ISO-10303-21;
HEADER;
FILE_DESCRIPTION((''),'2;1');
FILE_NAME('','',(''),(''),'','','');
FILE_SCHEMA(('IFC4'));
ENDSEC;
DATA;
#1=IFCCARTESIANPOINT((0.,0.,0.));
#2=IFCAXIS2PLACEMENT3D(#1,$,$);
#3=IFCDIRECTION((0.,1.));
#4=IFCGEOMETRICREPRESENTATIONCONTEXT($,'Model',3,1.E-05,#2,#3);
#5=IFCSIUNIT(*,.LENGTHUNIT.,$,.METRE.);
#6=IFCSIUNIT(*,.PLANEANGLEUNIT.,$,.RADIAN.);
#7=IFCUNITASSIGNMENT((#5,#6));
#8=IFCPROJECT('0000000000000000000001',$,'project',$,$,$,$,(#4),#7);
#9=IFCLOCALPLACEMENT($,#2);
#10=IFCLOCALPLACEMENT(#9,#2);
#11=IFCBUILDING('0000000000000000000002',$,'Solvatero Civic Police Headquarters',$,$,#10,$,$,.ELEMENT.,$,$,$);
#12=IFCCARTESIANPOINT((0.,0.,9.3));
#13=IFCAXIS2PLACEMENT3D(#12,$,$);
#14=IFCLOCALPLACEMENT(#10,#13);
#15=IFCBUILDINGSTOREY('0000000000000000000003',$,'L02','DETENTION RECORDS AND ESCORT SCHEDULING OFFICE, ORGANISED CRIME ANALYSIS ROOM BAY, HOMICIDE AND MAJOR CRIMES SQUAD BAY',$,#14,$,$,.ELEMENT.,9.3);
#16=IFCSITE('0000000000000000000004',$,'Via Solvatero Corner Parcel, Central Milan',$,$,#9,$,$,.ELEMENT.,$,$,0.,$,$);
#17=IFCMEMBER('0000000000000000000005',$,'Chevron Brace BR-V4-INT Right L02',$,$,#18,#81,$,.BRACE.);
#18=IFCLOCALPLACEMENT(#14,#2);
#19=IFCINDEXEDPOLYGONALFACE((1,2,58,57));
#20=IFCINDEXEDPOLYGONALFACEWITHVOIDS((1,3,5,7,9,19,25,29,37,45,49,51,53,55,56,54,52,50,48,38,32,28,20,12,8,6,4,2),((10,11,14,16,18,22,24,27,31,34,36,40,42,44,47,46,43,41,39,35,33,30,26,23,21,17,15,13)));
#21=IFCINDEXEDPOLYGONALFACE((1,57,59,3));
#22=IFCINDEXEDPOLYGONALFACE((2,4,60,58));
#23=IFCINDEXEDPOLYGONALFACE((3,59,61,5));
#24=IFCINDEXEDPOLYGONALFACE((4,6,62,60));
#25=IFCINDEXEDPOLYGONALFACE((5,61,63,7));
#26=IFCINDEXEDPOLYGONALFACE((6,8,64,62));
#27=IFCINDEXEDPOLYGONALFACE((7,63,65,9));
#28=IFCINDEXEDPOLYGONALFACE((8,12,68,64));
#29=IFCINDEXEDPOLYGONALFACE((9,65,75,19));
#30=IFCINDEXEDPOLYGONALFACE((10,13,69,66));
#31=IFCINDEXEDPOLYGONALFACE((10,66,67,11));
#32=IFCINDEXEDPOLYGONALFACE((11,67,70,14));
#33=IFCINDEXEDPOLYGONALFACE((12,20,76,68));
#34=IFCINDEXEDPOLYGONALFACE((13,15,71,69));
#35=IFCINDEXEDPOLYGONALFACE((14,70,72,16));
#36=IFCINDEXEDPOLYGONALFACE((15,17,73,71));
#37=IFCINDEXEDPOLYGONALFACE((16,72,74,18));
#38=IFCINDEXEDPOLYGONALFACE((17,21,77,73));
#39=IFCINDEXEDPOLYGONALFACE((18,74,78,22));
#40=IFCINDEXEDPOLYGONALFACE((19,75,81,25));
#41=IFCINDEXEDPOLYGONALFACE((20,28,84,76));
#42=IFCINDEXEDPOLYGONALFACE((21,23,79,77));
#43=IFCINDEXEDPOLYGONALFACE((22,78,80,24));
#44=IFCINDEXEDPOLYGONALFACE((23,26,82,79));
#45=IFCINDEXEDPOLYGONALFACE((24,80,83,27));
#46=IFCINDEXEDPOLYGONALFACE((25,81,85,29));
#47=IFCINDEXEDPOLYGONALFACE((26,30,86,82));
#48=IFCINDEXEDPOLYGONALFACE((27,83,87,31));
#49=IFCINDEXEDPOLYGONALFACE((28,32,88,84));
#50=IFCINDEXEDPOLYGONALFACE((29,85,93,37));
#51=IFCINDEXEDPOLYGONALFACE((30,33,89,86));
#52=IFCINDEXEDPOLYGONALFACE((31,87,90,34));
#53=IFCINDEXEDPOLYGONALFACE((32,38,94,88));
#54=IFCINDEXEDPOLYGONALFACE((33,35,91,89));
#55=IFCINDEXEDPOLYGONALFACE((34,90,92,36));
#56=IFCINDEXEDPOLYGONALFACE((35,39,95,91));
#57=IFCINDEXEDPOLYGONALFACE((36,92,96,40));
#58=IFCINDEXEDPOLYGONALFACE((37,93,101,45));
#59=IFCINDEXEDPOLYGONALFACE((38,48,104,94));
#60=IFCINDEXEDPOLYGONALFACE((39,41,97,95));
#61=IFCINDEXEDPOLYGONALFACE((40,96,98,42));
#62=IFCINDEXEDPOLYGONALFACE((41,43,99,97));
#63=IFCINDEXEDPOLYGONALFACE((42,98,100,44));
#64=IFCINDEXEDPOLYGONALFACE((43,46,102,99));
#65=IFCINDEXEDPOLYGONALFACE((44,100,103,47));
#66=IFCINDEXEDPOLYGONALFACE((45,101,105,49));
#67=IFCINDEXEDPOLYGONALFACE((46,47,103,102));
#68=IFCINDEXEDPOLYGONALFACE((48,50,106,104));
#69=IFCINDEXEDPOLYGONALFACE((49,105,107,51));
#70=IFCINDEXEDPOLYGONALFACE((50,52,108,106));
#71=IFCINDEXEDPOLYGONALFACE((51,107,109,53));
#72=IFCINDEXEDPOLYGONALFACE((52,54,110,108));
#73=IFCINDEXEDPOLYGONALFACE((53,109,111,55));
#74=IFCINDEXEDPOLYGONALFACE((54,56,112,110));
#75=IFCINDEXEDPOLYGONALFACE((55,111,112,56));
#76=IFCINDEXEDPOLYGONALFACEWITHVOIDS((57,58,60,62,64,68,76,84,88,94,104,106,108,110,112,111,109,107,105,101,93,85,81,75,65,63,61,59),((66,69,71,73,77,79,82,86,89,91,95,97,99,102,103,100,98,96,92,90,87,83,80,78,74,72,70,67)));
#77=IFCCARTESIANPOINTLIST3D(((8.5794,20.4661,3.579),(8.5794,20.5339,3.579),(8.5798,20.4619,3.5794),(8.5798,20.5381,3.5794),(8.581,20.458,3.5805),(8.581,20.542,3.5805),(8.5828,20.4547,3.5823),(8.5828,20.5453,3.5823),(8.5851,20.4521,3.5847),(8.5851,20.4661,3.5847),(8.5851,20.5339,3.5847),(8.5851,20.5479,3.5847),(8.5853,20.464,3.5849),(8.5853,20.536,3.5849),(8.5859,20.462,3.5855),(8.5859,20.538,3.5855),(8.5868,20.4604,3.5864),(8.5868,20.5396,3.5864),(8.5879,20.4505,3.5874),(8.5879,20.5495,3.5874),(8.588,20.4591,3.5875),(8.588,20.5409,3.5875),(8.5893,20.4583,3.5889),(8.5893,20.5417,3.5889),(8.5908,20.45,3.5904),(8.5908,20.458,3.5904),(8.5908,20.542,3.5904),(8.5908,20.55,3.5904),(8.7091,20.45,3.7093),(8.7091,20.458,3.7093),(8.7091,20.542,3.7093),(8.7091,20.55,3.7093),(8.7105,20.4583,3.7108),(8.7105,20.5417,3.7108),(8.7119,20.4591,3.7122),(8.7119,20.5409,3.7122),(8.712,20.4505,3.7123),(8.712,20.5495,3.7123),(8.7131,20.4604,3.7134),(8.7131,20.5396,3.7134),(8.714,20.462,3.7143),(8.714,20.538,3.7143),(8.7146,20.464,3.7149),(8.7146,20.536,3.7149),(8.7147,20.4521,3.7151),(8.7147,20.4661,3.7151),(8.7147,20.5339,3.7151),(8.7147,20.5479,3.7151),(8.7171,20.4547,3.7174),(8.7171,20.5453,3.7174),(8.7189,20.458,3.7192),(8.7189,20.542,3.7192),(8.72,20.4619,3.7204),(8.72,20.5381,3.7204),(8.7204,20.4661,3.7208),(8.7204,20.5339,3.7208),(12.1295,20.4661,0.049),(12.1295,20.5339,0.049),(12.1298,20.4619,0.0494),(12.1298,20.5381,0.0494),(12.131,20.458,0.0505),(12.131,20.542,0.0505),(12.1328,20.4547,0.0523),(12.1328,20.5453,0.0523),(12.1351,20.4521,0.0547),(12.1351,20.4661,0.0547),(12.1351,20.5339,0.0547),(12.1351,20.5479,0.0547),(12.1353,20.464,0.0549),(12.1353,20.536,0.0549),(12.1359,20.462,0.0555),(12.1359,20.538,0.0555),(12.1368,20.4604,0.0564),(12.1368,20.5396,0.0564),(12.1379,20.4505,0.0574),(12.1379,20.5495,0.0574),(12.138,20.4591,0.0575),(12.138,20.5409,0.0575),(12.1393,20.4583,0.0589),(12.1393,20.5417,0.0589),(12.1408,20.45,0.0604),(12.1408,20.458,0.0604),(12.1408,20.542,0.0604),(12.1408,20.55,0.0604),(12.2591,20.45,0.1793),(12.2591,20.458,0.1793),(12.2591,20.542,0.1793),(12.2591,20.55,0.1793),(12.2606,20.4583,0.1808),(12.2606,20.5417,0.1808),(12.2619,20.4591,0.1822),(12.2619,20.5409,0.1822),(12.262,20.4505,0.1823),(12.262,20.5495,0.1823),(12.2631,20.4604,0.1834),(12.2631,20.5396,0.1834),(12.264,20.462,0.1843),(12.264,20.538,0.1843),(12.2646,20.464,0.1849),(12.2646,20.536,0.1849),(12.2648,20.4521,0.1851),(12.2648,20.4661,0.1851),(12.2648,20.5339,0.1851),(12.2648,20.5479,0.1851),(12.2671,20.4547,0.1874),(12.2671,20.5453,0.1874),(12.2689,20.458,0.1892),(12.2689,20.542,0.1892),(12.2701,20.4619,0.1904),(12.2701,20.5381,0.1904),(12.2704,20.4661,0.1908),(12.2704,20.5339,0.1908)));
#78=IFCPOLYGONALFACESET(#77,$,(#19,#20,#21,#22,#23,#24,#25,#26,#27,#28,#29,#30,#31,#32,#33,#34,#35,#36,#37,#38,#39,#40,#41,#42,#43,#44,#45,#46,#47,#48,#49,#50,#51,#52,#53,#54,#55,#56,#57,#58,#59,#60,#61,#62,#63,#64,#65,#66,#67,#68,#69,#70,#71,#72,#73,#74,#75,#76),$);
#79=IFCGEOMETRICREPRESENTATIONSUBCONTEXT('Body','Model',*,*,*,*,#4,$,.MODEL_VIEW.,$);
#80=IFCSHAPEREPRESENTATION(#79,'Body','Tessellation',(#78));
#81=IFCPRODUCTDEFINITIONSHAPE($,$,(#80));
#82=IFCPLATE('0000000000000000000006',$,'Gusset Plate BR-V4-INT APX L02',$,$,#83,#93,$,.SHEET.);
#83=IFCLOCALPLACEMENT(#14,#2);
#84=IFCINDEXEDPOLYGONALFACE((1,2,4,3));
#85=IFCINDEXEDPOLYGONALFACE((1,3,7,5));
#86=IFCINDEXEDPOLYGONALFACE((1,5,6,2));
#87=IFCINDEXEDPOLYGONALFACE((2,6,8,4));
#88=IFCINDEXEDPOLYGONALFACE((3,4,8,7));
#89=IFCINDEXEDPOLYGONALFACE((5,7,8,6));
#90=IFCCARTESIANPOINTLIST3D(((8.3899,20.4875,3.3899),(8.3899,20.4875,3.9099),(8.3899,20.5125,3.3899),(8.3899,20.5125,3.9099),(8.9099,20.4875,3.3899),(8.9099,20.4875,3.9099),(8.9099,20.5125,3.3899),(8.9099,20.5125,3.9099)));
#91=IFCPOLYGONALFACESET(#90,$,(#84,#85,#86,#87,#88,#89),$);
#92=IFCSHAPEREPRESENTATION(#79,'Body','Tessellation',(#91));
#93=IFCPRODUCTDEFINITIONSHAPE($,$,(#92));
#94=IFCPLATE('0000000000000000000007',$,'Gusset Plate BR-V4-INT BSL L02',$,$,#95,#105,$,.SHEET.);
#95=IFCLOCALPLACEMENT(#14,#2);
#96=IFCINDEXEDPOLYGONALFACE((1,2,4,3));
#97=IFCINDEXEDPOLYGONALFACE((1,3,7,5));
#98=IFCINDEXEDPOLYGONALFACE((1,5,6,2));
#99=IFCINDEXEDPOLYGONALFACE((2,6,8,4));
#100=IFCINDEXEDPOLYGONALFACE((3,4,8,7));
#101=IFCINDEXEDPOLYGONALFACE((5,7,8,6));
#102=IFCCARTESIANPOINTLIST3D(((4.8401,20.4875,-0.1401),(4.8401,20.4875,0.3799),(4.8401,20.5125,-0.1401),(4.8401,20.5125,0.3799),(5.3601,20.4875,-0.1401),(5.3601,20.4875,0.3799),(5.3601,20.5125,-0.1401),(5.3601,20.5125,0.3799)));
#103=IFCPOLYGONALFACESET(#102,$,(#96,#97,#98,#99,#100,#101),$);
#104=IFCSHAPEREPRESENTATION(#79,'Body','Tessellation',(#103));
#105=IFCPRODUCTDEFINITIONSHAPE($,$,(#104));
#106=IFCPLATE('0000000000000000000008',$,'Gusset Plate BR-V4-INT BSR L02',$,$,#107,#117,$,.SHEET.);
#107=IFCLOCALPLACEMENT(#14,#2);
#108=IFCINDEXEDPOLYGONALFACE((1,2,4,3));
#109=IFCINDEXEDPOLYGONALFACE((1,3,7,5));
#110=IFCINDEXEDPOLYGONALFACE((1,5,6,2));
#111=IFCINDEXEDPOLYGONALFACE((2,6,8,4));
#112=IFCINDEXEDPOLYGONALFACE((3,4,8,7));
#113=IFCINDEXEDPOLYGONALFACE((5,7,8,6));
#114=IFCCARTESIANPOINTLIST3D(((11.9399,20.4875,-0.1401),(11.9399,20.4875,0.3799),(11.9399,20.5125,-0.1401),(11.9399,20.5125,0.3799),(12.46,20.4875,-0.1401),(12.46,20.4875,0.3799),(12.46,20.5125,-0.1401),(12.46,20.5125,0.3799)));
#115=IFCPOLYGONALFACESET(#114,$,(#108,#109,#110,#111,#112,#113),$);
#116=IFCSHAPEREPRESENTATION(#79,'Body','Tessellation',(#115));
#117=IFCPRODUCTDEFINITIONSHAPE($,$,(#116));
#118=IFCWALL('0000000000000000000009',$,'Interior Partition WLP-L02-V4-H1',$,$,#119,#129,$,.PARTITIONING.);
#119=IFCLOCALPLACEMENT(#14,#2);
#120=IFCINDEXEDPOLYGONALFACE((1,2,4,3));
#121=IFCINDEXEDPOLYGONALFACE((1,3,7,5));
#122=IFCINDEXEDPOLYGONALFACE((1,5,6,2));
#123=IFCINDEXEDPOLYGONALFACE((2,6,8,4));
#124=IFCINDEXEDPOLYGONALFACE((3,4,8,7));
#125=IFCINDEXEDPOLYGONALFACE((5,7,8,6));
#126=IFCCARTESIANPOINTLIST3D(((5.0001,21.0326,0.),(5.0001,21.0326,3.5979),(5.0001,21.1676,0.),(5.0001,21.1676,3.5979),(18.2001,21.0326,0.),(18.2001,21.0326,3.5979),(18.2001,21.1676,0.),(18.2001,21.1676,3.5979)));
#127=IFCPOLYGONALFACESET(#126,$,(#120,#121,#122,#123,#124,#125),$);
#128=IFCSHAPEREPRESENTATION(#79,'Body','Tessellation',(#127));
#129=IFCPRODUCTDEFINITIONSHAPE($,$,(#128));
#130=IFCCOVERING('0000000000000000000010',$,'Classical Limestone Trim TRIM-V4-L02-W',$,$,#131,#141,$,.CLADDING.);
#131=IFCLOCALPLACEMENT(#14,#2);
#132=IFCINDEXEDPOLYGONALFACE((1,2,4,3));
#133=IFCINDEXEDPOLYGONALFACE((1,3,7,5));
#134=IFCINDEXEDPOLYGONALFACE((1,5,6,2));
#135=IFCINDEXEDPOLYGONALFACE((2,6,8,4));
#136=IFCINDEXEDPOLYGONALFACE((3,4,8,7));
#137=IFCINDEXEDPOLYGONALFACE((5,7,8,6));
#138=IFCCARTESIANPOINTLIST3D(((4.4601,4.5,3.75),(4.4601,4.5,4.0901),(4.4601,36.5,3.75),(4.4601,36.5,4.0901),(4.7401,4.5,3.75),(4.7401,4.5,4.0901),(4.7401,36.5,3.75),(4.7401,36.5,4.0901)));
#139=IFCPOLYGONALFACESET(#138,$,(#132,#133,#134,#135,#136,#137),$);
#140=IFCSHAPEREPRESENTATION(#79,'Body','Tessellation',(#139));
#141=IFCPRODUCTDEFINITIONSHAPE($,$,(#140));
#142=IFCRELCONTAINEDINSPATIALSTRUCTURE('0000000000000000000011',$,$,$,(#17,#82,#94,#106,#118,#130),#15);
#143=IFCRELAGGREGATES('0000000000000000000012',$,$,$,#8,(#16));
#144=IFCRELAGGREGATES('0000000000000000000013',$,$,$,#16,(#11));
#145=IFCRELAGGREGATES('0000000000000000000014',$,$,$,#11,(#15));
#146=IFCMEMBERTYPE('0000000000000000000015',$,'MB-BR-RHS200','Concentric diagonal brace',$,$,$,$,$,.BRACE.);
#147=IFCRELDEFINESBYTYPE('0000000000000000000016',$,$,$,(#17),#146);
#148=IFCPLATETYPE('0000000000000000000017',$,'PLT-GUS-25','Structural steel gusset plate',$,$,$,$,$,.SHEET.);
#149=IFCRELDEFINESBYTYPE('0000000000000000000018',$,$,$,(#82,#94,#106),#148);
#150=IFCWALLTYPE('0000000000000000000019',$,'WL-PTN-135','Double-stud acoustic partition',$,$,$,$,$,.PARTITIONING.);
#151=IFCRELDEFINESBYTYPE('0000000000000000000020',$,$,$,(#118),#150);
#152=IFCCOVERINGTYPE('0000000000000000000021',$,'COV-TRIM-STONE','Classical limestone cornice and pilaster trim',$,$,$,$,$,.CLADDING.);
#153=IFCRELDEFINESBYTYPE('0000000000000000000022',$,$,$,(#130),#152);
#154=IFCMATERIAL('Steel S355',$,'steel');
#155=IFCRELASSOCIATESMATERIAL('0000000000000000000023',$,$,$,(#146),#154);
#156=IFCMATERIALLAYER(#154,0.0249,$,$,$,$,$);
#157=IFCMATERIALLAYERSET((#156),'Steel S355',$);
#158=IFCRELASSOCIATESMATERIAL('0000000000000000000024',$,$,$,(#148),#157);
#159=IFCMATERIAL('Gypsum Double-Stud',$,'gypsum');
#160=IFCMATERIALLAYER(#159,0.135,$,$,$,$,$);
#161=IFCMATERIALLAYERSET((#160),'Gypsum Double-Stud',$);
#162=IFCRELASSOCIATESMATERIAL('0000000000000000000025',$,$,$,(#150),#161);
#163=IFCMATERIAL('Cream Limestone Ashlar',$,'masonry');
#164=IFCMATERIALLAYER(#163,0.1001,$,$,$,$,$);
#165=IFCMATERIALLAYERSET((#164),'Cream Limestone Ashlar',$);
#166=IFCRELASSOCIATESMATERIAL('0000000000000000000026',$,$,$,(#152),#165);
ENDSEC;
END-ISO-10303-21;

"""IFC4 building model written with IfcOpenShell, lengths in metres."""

from ifc_helpers import new_model, si_unit, direction, frame, frame_2d, origin, origin_2d, place, context, subcontext, project, spatial, rectangle, hollow_rectangle, extrude, material, layer, layer_set, material_profile, profile_set, type_object, element, save


model = new_model("IFC4")

# Units and contexts
model_context = context("Model", 3, precision=1e-05, world=origin(), true_north=direction((0.0, 1.0)))
body_context = subcontext(model_context, "Body", "Model", "MODEL_VIEW")
ifc_project = project(units=[si_unit("LENGTHUNIT", "METRE"), si_unit("PLANEANGLEUNIT", "RADIAN")], contexts=[model_context])

# Site, building, storey
site_placement = place(None, origin())
site = spatial("IfcSite", under=ifc_project, at=site_placement, Name="Via Solvatero Corner Parcel, Central Milan", CompositionType="ELEMENT", RefElevation=0.0)
building_placement = place(site_placement, origin())
building = spatial("IfcBuilding", under=site, at=building_placement, Name="Solvatero Civic Police Headquarters", CompositionType="ELEMENT")
storey_placement = place(building_placement, frame((0.0, 0.0, 9.3)))
storey = spatial("IfcBuildingStorey", under=building, at=storey_placement, Name="L02", Description="DETENTION RECORDS AND ESCORT SCHEDULING OFFICE, ORGANISED CRIME ANALYSIS ROOM BAY, HOMICIDE AND MAJOR CRIMES SQUAD BAY", CompositionType="ELEMENT", Elevation=9.3)

# Shared definitions
ifc_material_1 = material(Name="Steel S355", Category="steel")

# Member
ifc_material_profile_1 = material_profile(ifc_material_1, hollow_rectangle(XDim=0.1001, YDim=0.2, WallThickness=0.0081, InnerFilletRadius=0.0081, OuterFilletRadius=0.0161, at=origin_2d()), Name="RHS 200x100x8.0")
ifc_profile_set_1 = profile_set([ifc_material_profile_1], Name="Steel S355")
member_type = type_object("IfcMemberType", Name="MB-BR-RHS200", Description="Concentric diagonal brace", PredefinedType="BRACE", material=ifc_profile_set_1)
member_1_placement = place(storey_placement, frame((12.2, 20.5, 0.1199), z_axis=(-0.709103, 0.0, 0.705105), x_axis=(0.0, -1.0, 0.0)))
element("IfcMember", 1, at=member_1_placement, inside=storey, type_object=member_type, Name="Chevron Brace BR-V4-INT Right L02", PredefinedType="BRACE", context=body_context, shape_type="SweptSolid", body=[
    extrude(hollow_rectangle(XDim=0.1001, YDim=0.2, WallThickness=0.0081, InnerFilletRadius=0.0081, OuterFilletRadius=0.0161, at=origin_2d()), origin(), (0.0, 0.0, 1.0), 5.0063),
])

# Plates
ifc_layer_1 = layer(ifc_material_1, 0.0249)
ifc_layer_set_1 = layer_set([ifc_layer_1], Name="Steel S355")
plate_type = type_object("IfcPlateType", Name="PLT-GUS-25", Description="Structural steel gusset plate", PredefinedType="SHEET", material=ifc_layer_set_1)
for number, where, z_axis, x_axis, name in (
    (2, (8.6499, 20.5, 3.3899), (0.0, 0.0, 1.0), (1.0, 0.0, 0.0), "Gusset Plate BR-V4-INT APX L02"),
    (3, (5.1001, 20.5, -0.1401), (0.0, 0.0, 1.0), (1.0, 0.0, 0.0), "Gusset Plate BR-V4-INT BSL L02"),
    (4, (12.2, 20.5, -0.1401), (0.0, 0.0, 1.0), (1.0, 0.0, 0.0), "Gusset Plate BR-V4-INT BSR L02"),
):
    element("IfcPlate", number, at=place(storey_placement, frame(where, z_axis=z_axis, x_axis=x_axis)), inside=storey, type_object=plate_type, Name=name, PredefinedType="SHEET", context=body_context, shape_type="SweptSolid", body=[
        extrude(rectangle(XDim=0.52, YDim=0.0249, at=origin_2d()), origin(), (0.0, 0.0, 1.0), 0.52),
    ])

# Wall
ifc_material_2 = material(Name="Gypsum Double-Stud", Category="gypsum")
ifc_layer_2 = layer(ifc_material_2, 0.135)
ifc_layer_set_2 = layer_set([ifc_layer_2], Name="Gypsum Double-Stud")
wall_type = type_object("IfcWallType", Name="WL-PTN-135", Description="Double-stud acoustic partition", PredefinedType="PARTITIONING", material=ifc_layer_set_2)
wall_placement = place(storey_placement, frame((5.0, 21.1001, 0.0), z_axis=(0.0, 0.0, 1.0), x_axis=(1.0, 0.0, 0.0)))
element("IfcWall", 5, at=wall_placement, inside=storey, type_object=wall_type, Name="Interior Partition WLP-L02-V4-H1", PredefinedType="PARTITIONING", context=body_context, shape_type="SweptSolid", body=[
    extrude(rectangle(XDim=13.2, YDim=0.135, at=frame_2d((6.6001, 0.0))), origin(), (0.0, 0.0, 1.0), 3.5979),
])

# Covering
ifc_material_3 = material(Name="Cream Limestone Ashlar", Category="masonry")
ifc_layer_3 = layer(ifc_material_3, 0.1001)
ifc_layer_set_3 = layer_set([ifc_layer_3], Name="Cream Limestone Ashlar")
covering_type = type_object("IfcCoveringType", Name="COV-TRIM-STONE", Description="Classical limestone cornice and pilaster trim", PredefinedType="CLADDING", material=ifc_layer_set_3)
covering_placement = place(storey_placement, frame((4.6001, 20.5, 3.75), z_axis=(0.0, 0.0, 1.0), x_axis=(1.0, 0.0, 0.0)))
element("IfcCovering", 6, at=covering_placement, inside=storey, type_object=covering_type, Name="Classical Limestone Trim TRIM-V4-L02-W", PredefinedType="CLADDING", context=body_context, shape_type="SweptSolid", body=[
    extrude(rectangle(XDim=0.28, YDim=32.0, at=origin_2d()), origin(), (0.0, 0.0, 1.0), 0.3401),
])

save(model, "model.ifc")
